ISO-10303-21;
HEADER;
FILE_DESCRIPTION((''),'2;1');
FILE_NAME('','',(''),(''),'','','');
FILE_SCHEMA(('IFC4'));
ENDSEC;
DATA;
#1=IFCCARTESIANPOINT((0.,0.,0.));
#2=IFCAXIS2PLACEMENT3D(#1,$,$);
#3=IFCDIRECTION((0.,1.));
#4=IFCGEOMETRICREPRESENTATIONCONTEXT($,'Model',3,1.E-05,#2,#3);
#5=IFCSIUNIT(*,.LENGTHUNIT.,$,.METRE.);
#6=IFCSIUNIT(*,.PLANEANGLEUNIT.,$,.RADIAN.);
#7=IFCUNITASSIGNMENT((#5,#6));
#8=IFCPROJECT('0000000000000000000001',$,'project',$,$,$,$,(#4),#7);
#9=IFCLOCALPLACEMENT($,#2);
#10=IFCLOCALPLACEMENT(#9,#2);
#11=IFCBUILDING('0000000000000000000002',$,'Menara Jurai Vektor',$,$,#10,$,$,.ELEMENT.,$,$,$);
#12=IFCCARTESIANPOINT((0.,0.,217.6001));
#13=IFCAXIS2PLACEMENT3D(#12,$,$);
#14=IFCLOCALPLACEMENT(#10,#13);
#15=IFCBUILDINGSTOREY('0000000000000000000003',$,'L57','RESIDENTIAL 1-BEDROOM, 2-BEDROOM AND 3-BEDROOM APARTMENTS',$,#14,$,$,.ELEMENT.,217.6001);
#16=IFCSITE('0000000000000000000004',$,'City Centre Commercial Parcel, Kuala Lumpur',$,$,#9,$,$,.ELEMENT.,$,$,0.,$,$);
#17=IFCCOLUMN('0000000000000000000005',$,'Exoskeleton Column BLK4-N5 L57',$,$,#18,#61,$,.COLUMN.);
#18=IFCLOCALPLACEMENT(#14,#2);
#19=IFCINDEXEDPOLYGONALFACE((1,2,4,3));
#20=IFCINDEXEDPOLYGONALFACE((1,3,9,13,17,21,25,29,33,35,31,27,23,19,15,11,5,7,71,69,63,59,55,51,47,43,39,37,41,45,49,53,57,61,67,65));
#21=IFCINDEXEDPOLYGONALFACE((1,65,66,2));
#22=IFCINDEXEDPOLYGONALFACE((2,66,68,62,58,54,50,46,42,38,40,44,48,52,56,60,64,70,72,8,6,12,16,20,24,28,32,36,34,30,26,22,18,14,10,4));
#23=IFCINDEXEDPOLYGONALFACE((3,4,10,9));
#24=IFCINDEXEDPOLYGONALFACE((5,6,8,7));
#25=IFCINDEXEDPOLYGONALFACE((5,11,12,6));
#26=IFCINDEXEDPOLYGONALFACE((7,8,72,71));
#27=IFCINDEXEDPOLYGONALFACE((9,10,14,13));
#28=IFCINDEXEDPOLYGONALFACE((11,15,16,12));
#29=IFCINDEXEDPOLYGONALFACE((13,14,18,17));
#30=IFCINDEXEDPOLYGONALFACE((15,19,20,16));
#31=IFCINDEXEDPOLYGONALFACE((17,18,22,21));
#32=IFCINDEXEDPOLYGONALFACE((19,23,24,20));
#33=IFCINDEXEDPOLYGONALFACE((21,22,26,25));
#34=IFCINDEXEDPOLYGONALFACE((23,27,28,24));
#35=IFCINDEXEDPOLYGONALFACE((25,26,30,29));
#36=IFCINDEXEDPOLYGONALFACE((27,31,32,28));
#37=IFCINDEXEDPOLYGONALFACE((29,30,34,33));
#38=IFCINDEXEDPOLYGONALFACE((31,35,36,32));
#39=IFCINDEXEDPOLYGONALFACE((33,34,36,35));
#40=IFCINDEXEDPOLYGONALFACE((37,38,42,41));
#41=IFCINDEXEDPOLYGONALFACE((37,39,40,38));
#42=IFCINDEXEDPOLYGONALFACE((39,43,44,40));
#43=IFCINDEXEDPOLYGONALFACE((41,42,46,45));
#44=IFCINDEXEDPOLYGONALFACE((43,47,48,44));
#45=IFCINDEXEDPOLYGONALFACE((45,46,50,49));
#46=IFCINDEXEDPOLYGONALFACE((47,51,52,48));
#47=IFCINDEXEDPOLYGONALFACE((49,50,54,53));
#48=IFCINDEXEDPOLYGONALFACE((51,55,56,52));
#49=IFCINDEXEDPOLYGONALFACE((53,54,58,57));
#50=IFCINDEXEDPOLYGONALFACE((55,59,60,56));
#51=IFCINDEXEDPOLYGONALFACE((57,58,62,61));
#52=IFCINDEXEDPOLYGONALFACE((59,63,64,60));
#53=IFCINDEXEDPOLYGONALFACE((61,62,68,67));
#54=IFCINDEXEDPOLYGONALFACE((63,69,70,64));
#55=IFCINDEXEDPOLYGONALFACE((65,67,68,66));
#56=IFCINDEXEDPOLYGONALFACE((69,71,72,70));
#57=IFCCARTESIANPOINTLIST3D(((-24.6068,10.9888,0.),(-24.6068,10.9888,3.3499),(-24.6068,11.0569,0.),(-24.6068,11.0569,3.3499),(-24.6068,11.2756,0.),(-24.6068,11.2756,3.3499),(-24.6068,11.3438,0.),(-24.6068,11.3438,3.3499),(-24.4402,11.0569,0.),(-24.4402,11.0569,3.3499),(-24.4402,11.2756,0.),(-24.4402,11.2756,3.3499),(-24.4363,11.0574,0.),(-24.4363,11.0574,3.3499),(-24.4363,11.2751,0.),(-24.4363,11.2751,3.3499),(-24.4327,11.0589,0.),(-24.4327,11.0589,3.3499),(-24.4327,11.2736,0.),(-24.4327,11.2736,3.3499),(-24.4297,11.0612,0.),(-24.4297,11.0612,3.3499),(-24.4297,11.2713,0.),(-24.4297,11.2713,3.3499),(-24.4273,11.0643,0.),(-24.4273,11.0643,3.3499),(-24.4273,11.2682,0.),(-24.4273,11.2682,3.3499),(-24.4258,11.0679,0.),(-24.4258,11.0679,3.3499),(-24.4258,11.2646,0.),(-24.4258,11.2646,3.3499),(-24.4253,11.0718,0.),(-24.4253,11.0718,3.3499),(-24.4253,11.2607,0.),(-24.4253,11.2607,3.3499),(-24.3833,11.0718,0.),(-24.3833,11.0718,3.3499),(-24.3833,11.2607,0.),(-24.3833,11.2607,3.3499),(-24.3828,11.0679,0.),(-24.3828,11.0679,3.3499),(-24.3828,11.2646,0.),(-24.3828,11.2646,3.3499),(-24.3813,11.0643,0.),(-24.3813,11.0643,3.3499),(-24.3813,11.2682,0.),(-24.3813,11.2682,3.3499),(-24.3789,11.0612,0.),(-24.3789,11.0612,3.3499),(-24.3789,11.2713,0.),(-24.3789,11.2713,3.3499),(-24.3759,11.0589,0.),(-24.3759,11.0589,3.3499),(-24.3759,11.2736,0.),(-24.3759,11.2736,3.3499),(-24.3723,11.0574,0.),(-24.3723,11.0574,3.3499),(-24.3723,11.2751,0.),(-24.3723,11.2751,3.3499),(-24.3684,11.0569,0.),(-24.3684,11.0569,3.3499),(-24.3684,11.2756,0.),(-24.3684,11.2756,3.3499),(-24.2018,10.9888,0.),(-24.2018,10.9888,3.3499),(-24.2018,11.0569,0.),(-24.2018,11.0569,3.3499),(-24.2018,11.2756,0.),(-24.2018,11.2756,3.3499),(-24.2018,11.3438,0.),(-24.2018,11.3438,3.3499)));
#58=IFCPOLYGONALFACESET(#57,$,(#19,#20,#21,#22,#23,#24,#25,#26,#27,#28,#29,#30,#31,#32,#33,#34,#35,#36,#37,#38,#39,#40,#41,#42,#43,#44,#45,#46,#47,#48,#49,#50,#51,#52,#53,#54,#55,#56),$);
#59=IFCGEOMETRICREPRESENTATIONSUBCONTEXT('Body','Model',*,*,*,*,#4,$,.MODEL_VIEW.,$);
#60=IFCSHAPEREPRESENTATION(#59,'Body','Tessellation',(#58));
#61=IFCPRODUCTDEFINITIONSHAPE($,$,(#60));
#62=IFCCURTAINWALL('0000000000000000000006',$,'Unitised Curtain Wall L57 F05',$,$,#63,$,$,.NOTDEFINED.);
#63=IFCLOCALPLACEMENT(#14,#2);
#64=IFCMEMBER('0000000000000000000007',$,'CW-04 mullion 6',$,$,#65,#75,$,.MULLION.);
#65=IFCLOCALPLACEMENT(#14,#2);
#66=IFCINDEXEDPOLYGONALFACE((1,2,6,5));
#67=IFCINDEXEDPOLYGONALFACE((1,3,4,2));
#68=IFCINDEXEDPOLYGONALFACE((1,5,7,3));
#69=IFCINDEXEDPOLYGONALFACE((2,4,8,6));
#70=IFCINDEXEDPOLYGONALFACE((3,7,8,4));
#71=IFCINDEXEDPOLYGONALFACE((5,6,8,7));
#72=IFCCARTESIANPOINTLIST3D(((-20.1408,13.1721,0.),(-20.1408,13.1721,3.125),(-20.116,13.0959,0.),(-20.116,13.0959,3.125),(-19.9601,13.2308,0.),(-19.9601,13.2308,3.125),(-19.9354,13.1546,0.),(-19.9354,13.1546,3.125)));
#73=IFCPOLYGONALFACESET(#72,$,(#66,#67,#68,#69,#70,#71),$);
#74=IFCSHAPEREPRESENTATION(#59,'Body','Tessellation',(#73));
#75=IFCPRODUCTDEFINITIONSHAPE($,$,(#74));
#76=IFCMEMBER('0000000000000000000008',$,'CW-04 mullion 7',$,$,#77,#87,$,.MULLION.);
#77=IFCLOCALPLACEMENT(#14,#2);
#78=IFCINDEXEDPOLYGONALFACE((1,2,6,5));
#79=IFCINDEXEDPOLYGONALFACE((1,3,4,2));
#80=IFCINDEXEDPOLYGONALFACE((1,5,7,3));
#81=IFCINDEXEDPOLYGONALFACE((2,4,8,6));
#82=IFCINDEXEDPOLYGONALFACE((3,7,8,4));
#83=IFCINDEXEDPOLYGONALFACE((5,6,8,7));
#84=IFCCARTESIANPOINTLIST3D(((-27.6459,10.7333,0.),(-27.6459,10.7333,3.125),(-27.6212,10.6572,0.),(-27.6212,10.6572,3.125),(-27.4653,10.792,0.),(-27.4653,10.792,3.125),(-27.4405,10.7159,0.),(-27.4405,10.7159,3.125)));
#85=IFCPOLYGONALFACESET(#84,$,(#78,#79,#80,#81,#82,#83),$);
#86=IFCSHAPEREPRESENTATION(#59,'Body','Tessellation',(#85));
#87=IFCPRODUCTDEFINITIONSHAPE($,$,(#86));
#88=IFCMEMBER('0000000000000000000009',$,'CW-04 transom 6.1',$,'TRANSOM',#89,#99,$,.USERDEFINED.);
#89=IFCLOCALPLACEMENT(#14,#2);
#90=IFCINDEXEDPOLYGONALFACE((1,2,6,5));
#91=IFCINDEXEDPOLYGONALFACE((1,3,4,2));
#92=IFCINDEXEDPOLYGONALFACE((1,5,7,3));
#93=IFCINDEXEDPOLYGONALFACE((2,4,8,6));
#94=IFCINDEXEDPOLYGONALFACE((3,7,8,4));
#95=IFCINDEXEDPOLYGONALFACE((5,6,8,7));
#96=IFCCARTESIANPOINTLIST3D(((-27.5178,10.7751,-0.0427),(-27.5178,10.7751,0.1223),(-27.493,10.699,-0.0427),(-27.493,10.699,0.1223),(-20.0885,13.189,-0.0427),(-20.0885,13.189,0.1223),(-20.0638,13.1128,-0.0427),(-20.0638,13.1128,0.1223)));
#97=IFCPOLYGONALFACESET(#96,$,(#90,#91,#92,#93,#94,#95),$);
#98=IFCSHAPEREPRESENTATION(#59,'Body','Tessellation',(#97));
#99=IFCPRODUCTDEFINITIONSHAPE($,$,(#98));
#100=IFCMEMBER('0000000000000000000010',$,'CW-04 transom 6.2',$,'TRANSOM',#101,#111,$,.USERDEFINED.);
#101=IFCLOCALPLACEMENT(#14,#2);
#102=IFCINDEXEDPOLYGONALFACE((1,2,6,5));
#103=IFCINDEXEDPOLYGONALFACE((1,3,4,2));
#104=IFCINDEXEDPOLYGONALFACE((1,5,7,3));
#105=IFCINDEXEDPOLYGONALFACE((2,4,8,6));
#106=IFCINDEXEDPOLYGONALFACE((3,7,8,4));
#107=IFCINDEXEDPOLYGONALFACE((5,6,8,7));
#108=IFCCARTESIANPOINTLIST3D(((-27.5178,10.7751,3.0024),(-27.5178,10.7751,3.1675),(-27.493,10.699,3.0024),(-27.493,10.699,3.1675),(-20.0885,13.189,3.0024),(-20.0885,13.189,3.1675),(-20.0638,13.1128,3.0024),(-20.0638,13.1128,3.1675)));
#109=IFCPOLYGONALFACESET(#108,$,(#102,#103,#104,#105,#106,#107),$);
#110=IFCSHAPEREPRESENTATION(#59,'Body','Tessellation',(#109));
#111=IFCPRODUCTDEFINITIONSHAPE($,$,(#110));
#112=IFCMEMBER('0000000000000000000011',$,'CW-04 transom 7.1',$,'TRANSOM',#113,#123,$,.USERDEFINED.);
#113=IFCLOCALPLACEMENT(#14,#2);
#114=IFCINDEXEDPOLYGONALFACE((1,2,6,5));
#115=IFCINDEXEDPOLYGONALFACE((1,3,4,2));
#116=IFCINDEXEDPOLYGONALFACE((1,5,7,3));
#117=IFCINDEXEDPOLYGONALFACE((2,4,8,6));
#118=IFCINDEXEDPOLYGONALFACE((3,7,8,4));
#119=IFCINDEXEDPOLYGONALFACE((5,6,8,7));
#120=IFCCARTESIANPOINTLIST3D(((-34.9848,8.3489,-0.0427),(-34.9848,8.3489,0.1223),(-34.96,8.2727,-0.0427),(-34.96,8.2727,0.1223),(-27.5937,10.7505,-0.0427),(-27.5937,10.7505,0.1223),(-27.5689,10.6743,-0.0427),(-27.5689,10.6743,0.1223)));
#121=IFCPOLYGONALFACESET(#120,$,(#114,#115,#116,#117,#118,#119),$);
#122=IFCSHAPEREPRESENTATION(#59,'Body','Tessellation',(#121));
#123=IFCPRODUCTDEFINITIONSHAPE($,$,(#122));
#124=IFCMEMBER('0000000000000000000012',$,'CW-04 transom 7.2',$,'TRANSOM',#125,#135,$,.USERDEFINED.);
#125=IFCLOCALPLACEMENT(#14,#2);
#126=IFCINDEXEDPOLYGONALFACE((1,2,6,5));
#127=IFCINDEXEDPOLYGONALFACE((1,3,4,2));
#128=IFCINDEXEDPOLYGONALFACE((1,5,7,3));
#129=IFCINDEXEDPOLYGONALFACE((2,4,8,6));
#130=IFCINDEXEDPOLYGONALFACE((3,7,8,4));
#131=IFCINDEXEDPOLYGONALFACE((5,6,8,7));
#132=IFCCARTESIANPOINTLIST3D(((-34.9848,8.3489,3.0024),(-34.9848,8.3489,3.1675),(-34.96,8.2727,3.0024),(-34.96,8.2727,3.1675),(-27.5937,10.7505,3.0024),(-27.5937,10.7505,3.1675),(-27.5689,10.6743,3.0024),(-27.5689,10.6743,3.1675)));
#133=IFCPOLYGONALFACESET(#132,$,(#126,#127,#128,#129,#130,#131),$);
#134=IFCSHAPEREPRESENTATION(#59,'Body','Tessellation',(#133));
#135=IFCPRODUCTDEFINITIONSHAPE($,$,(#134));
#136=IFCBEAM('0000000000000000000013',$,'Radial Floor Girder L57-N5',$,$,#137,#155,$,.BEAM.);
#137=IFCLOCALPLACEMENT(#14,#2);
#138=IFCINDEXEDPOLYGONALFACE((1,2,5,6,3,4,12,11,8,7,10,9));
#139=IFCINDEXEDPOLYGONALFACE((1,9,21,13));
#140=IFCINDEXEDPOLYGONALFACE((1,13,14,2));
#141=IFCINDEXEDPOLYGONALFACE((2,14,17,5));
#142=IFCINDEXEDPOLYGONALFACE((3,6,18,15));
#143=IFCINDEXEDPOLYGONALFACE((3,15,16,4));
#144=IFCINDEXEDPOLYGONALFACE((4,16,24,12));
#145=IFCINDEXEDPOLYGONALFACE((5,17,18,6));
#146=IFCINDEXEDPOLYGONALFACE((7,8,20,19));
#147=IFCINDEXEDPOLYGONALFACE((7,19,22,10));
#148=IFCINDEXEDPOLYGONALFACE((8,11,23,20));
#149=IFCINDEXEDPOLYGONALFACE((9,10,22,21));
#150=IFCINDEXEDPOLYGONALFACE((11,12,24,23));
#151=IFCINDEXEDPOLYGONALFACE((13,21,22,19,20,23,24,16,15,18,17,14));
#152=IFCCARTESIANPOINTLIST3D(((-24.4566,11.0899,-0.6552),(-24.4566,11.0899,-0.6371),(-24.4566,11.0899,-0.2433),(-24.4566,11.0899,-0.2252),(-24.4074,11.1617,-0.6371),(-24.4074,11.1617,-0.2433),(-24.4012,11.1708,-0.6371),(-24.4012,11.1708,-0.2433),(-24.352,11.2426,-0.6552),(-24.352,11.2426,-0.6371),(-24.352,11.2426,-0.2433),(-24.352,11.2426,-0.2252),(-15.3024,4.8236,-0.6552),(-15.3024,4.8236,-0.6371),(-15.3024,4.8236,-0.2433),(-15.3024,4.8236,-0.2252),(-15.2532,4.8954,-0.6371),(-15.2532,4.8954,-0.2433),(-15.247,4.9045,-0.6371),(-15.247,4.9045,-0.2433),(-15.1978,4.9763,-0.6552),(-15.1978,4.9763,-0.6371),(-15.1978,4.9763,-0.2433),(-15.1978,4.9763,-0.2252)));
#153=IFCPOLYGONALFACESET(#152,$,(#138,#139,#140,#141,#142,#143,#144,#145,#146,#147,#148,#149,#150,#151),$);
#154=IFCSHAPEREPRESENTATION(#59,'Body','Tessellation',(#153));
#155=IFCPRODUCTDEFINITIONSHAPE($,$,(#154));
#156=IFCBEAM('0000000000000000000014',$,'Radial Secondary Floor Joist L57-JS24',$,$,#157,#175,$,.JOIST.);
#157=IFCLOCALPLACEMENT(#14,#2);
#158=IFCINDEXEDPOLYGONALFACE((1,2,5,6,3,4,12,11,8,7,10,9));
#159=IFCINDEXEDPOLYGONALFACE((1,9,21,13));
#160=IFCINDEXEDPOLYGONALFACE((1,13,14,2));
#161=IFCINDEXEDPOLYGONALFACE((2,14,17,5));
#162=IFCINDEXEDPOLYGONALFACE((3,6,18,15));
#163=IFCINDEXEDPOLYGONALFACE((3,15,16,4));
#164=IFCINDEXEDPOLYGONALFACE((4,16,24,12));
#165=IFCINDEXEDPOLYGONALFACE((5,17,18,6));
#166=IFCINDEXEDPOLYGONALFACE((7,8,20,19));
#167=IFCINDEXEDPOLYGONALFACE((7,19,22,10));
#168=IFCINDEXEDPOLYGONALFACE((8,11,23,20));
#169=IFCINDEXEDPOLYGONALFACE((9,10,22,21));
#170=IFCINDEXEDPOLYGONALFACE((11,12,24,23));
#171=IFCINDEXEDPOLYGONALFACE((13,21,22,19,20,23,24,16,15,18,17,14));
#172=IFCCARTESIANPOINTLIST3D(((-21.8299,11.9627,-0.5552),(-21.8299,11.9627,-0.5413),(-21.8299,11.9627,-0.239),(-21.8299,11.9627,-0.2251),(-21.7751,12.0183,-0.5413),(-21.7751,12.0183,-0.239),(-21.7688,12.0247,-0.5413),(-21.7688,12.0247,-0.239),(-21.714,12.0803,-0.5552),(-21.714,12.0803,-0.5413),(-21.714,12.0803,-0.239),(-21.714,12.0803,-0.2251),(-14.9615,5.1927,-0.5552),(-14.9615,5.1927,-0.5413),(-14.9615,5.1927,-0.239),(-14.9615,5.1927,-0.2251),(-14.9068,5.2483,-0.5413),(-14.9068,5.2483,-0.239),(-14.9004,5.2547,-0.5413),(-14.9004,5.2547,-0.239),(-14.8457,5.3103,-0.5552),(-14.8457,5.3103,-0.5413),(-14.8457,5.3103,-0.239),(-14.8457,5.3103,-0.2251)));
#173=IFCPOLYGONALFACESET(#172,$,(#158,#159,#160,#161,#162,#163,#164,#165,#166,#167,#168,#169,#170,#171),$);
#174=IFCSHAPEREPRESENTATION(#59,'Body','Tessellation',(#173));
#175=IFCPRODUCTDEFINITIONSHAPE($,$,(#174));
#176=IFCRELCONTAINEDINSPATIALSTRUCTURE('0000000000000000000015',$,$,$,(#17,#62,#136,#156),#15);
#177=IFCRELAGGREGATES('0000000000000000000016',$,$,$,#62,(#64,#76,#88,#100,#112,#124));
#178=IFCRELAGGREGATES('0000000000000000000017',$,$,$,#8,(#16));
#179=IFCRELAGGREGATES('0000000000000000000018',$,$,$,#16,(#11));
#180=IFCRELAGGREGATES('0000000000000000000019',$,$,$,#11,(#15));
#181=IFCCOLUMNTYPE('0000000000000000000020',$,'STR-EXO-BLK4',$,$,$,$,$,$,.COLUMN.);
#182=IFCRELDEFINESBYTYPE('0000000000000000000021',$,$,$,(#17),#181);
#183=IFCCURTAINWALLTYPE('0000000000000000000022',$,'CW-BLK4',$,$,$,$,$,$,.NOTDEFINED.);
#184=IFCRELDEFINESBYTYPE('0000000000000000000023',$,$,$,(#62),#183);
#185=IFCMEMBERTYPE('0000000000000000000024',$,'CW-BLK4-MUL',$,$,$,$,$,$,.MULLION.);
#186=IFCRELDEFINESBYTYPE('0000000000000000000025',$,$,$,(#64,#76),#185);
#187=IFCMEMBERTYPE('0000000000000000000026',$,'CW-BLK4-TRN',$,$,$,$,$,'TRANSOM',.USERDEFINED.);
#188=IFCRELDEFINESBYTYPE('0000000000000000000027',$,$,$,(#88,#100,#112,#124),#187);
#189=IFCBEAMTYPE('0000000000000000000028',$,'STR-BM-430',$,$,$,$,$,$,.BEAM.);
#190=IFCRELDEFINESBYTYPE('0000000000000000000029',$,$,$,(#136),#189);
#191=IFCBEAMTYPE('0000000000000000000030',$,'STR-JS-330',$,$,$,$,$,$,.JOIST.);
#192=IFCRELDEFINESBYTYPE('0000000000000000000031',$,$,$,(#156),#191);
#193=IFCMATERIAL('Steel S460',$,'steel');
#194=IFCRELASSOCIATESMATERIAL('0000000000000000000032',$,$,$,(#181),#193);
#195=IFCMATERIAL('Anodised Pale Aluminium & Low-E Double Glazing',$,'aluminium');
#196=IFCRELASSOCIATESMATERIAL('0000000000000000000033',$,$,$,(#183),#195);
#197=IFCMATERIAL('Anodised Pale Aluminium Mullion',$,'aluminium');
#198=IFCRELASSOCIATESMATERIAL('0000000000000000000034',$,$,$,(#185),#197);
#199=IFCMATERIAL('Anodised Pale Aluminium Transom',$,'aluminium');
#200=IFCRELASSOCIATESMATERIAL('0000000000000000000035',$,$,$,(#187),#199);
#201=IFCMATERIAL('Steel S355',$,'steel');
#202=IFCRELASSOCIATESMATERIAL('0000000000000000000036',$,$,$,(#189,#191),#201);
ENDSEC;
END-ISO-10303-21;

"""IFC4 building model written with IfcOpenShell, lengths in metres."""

from ifc_helpers import new_model, si_unit, direction, frame, origin, origin_2d, place, context, subcontext, project, spatial, rectangle, i_section, extrude, material, material_profile, profile_set, type_object, element, aggregate, save


model = new_model("IFC4")

# Units and contexts
model_context = context("Model", 3, precision=1e-05, world=origin(), true_north=direction((0.0, 1.0)))
body_context = subcontext(model_context, "Body", "Model", "MODEL_VIEW")
ifc_project = project(units=[si_unit("LENGTHUNIT", "METRE"), si_unit("PLANEANGLEUNIT", "RADIAN")], contexts=[model_context])

# Site, building, storey
site_placement = place(None, origin())
site = spatial("IfcSite", under=ifc_project, at=site_placement, Name="City Centre Commercial Parcel, Kuala Lumpur", CompositionType="ELEMENT", RefElevation=0.0)
building_placement = place(site_placement, origin())
building = spatial("IfcBuilding", under=site, at=building_placement, Name="Menara Jurai Vektor", CompositionType="ELEMENT")
storey_placement = place(building_placement, frame((0.0, 0.0, 217.6001)))
storey = spatial("IfcBuildingStorey", under=building, at=storey_placement, Name="L57", Description="RESIDENTIAL 1-BEDROOM, 2-BEDROOM AND 3-BEDROOM APARTMENTS", CompositionType="ELEMENT", Elevation=217.6001)

# Column
ifc_material_1 = material(Name="Steel S460", Category="steel")
ifc_material_profile_1 = material_profile(ifc_material_1, i_section(OverallWidth=0.405, OverallDepth=0.355, WebThickness=0.042, FlangeThickness=0.0681, FilletRadius=0.0149, at=origin_2d()), Name="HD 400x551")
ifc_profile_set_1 = profile_set([ifc_material_profile_1], Name="Steel S460")
column_type = type_object("IfcColumnType", Name="STR-EXO-BLK4", PredefinedType="COLUMN", material=ifc_profile_set_1)
column_placement = place(storey_placement, frame((-24.4043, 11.1663, 0.0), z_axis=(0.0, 0.0, 1.0), x_axis=(1.0, 0.0, 0.0)))
element("IfcColumn", 1, at=column_placement, inside=storey, type_object=column_type, Name="Exoskeleton Column BLK4-N5 L57", PredefinedType="COLUMN", context=body_context, shape_type="SweptSolid", body=[
    extrude(i_section(OverallWidth=0.405, OverallDepth=0.355, WebThickness=0.042, FlangeThickness=0.0681, FilletRadius=0.0149, at=origin_2d()), origin(), (0.0, 0.0, 1.0), 3.3499),
])

# Curtain wall, members
ifc_material_2 = material(Name="Anodised Pale Aluminium & Low-E Double Glazing", Category="aluminium")
curtain_wall_type = type_object("IfcCurtainWallType", Name="CW-BLK4", PredefinedType="NOTDEFINED", material=ifc_material_2)
curtain_wall_placement = place(storey_placement, origin())
curtain_wall = element("IfcCurtainWall", 2, at=curtain_wall_placement, inside=storey, type_object=curtain_wall_type, Name="Unitised Curtain Wall L57 F05", PredefinedType="NOTDEFINED")
ifc_material_3 = material(Name="Anodised Pale Aluminium Mullion", Category="aluminium")
ifc_material_profile_2 = material_profile(ifc_material_3, rectangle(XDim=0.0801, YDim=0.1899, at=origin_2d()), Name="ALU MUL 80x190")
ifc_profile_set_2 = profile_set([ifc_material_profile_2], Name="Anodised Pale Aluminium Mullion")
member_type_1 = type_object("IfcMemberType", Name="CW-BLK4-MUL", PredefinedType="MULLION", material=ifc_profile_set_2)
member_1_placement = place(storey_placement, frame((-20.0381, 13.1633, 0.0), z_axis=(0.0, 0.0, 1.0), x_axis=(0.309017, -0.951056, 0.0)))
member_1 = element("IfcMember", 3, at=member_1_placement, type_object=member_type_1, Name="CW-04 mullion 6", PredefinedType="MULLION", context=body_context, shape_type="SweptSolid", body=[
    extrude(rectangle(XDim=0.0801, YDim=0.1899, at=origin_2d()), origin(), (0.0, 0.0, 1.0), 3.125),
])
member_2_placement = place(storey_placement, frame((-27.5432, 10.7246, 0.0), z_axis=(0.0, 0.0, 1.0), x_axis=(0.309017, -0.951056, 0.0)))
member_2 = element("IfcMember", 4, at=member_2_placement, type_object=member_type_1, Name="CW-04 mullion 7", PredefinedType="MULLION", context=body_context, shape_type="SweptSolid", body=[
    extrude(rectangle(XDim=0.0801, YDim=0.1899, at=origin_2d()), origin(), (0.0, 0.0, 1.0), 3.125),
])
ifc_material_4 = material(Name="Anodised Pale Aluminium Transom", Category="aluminium")
ifc_material_profile_3 = material_profile(ifc_material_4, rectangle(XDim=0.0801, YDim=0.165, at=origin_2d()), Name="ALU TRN 80x165")
ifc_profile_set_3 = profile_set([ifc_material_profile_3], Name="Anodised Pale Aluminium Transom")
member_type_2 = type_object("IfcMemberType", Name="CW-BLK4-TRN", ElementType="TRANSOM", PredefinedType="USERDEFINED", material=ifc_profile_set_3)
member_3_placement = place(storey_placement, frame((-20.0762, 13.1509, 0.0398), z_axis=(-0.951059, -0.309008, 0.0), x_axis=(0.309008, -0.951059, 0.0)))
member_3 = element("IfcMember", 5, at=member_3_placement, type_object=member_type_2, Name="CW-04 transom 6.1", ObjectType="TRANSOM", PredefinedType="USERDEFINED", context=body_context, shape_type="SweptSolid", body=[
    extrude(rectangle(XDim=0.0801, YDim=0.165, at=origin_2d()), origin(), (0.0, 0.0, 1.0), 7.8115),
])
member_4_placement = place(storey_placement, frame((-20.0762, 13.1509, 3.085), z_axis=(-0.951059, -0.309008, 0.0), x_axis=(0.309008, -0.951059, 0.0)))
member_4 = element("IfcMember", 6, at=member_4_placement, type_object=member_type_2, Name="CW-04 transom 6.2", ObjectType="TRANSOM", PredefinedType="USERDEFINED", context=body_context, shape_type="SweptSolid", body=[
    extrude(rectangle(XDim=0.0801, YDim=0.165, at=origin_2d()), origin(), (0.0, 0.0, 1.0), 7.8115),
])
member_5_placement = place(storey_placement, frame((-27.5813, 10.7124, 0.0398), z_axis=(-0.951053, -0.309028, 0.0), x_axis=(0.309028, -0.951053, 0.0)))
member_5 = element("IfcMember", 7, at=member_5_placement, type_object=member_type_2, Name="CW-04 transom 7.1", ObjectType="TRANSOM", PredefinedType="USERDEFINED", context=body_context, shape_type="SweptSolid", body=[
    extrude(rectangle(XDim=0.0801, YDim=0.165, at=origin_2d()), origin(), (0.0, 0.0, 1.0), 7.7715),
])
member_6_placement = place(storey_placement, frame((-27.5813, 10.7124, 3.085), z_axis=(-0.951053, -0.309028, 0.0), x_axis=(0.309028, -0.951053, 0.0)))
member_6 = element("IfcMember", 8, at=member_6_placement, type_object=member_type_2, Name="CW-04 transom 7.2", ObjectType="TRANSOM", PredefinedType="USERDEFINED", context=body_context, shape_type="SweptSolid", body=[
    extrude(rectangle(XDim=0.0801, YDim=0.165, at=origin_2d()), origin(), (0.0, 0.0, 1.0), 7.7715),
])

# Beams
ifc_material_5 = material(Name="Steel S355", Category="steel")
ifc_material_profile_4 = material_profile(ifc_material_5, i_section(OverallWidth=0.1851, OverallDepth=0.4299, WebThickness=0.011, FlangeThickness=0.0181, at=origin_2d()), Name="PG 430x185x76")
ifc_profile_set_4 = profile_set([ifc_material_profile_4], Name="Steel S355")
beam_type_1 = type_object("IfcBeamType", Name="STR-BM-430", PredefinedType="BEAM", material=ifc_profile_set_4)
beam_1_placement = place(storey_placement, frame((-24.4043, 11.1663, -0.4402), z_axis=(0.825186, -0.564861, 0.0), x_axis=(0.564861, 0.825186, 0.0)))
element("IfcBeam", 9, at=beam_1_placement, inside=storey, type_object=beam_type_1, Name="Radial Floor Girder L57-N5", PredefinedType="BEAM", context=body_context, shape_type="SweptSolid", body=[
    extrude(i_section(OverallWidth=0.1851, OverallDepth=0.4299, WebThickness=0.011, FlangeThickness=0.0181, at=origin_2d()), origin(), (0.0, 0.0, 1.0), 11.0935),
])
ifc_material_profile_5 = material_profile(ifc_material_5, i_section(OverallWidth=0.165, OverallDepth=0.3301, WebThickness=0.009, FlangeThickness=0.0139, at=origin_2d()), Name="PG 330x165x46")
ifc_profile_set_5 = profile_set([ifc_material_profile_5], Name="Steel S355")
beam_type_2 = type_object("IfcBeamType", Name="STR-JS-330", PredefinedType="JOIST", material=ifc_profile_set_5)
beam_2_placement = place(storey_placement, frame((-21.772, 12.0215, -0.3901), z_axis=(0.712189, -0.701987, 0.0), x_axis=(0.701987, 0.712189, 0.0)))
element("IfcBeam", 10, at=beam_2_placement, inside=storey, type_object=beam_type_2, Name="Radial Secondary Floor Joist L57-JS24", PredefinedType="JOIST", context=body_context, shape_type="SweptSolid", body=[
    extrude(i_section(OverallWidth=0.165, OverallDepth=0.3301, WebThickness=0.009, FlangeThickness=0.0139, at=origin_2d()), origin(), (0.0, 0.0, 1.0), 9.644),
])

aggregate(curtain_wall, [member_1, member_2, member_3, member_4, member_5, member_6])

save(model, "model.ifc")
